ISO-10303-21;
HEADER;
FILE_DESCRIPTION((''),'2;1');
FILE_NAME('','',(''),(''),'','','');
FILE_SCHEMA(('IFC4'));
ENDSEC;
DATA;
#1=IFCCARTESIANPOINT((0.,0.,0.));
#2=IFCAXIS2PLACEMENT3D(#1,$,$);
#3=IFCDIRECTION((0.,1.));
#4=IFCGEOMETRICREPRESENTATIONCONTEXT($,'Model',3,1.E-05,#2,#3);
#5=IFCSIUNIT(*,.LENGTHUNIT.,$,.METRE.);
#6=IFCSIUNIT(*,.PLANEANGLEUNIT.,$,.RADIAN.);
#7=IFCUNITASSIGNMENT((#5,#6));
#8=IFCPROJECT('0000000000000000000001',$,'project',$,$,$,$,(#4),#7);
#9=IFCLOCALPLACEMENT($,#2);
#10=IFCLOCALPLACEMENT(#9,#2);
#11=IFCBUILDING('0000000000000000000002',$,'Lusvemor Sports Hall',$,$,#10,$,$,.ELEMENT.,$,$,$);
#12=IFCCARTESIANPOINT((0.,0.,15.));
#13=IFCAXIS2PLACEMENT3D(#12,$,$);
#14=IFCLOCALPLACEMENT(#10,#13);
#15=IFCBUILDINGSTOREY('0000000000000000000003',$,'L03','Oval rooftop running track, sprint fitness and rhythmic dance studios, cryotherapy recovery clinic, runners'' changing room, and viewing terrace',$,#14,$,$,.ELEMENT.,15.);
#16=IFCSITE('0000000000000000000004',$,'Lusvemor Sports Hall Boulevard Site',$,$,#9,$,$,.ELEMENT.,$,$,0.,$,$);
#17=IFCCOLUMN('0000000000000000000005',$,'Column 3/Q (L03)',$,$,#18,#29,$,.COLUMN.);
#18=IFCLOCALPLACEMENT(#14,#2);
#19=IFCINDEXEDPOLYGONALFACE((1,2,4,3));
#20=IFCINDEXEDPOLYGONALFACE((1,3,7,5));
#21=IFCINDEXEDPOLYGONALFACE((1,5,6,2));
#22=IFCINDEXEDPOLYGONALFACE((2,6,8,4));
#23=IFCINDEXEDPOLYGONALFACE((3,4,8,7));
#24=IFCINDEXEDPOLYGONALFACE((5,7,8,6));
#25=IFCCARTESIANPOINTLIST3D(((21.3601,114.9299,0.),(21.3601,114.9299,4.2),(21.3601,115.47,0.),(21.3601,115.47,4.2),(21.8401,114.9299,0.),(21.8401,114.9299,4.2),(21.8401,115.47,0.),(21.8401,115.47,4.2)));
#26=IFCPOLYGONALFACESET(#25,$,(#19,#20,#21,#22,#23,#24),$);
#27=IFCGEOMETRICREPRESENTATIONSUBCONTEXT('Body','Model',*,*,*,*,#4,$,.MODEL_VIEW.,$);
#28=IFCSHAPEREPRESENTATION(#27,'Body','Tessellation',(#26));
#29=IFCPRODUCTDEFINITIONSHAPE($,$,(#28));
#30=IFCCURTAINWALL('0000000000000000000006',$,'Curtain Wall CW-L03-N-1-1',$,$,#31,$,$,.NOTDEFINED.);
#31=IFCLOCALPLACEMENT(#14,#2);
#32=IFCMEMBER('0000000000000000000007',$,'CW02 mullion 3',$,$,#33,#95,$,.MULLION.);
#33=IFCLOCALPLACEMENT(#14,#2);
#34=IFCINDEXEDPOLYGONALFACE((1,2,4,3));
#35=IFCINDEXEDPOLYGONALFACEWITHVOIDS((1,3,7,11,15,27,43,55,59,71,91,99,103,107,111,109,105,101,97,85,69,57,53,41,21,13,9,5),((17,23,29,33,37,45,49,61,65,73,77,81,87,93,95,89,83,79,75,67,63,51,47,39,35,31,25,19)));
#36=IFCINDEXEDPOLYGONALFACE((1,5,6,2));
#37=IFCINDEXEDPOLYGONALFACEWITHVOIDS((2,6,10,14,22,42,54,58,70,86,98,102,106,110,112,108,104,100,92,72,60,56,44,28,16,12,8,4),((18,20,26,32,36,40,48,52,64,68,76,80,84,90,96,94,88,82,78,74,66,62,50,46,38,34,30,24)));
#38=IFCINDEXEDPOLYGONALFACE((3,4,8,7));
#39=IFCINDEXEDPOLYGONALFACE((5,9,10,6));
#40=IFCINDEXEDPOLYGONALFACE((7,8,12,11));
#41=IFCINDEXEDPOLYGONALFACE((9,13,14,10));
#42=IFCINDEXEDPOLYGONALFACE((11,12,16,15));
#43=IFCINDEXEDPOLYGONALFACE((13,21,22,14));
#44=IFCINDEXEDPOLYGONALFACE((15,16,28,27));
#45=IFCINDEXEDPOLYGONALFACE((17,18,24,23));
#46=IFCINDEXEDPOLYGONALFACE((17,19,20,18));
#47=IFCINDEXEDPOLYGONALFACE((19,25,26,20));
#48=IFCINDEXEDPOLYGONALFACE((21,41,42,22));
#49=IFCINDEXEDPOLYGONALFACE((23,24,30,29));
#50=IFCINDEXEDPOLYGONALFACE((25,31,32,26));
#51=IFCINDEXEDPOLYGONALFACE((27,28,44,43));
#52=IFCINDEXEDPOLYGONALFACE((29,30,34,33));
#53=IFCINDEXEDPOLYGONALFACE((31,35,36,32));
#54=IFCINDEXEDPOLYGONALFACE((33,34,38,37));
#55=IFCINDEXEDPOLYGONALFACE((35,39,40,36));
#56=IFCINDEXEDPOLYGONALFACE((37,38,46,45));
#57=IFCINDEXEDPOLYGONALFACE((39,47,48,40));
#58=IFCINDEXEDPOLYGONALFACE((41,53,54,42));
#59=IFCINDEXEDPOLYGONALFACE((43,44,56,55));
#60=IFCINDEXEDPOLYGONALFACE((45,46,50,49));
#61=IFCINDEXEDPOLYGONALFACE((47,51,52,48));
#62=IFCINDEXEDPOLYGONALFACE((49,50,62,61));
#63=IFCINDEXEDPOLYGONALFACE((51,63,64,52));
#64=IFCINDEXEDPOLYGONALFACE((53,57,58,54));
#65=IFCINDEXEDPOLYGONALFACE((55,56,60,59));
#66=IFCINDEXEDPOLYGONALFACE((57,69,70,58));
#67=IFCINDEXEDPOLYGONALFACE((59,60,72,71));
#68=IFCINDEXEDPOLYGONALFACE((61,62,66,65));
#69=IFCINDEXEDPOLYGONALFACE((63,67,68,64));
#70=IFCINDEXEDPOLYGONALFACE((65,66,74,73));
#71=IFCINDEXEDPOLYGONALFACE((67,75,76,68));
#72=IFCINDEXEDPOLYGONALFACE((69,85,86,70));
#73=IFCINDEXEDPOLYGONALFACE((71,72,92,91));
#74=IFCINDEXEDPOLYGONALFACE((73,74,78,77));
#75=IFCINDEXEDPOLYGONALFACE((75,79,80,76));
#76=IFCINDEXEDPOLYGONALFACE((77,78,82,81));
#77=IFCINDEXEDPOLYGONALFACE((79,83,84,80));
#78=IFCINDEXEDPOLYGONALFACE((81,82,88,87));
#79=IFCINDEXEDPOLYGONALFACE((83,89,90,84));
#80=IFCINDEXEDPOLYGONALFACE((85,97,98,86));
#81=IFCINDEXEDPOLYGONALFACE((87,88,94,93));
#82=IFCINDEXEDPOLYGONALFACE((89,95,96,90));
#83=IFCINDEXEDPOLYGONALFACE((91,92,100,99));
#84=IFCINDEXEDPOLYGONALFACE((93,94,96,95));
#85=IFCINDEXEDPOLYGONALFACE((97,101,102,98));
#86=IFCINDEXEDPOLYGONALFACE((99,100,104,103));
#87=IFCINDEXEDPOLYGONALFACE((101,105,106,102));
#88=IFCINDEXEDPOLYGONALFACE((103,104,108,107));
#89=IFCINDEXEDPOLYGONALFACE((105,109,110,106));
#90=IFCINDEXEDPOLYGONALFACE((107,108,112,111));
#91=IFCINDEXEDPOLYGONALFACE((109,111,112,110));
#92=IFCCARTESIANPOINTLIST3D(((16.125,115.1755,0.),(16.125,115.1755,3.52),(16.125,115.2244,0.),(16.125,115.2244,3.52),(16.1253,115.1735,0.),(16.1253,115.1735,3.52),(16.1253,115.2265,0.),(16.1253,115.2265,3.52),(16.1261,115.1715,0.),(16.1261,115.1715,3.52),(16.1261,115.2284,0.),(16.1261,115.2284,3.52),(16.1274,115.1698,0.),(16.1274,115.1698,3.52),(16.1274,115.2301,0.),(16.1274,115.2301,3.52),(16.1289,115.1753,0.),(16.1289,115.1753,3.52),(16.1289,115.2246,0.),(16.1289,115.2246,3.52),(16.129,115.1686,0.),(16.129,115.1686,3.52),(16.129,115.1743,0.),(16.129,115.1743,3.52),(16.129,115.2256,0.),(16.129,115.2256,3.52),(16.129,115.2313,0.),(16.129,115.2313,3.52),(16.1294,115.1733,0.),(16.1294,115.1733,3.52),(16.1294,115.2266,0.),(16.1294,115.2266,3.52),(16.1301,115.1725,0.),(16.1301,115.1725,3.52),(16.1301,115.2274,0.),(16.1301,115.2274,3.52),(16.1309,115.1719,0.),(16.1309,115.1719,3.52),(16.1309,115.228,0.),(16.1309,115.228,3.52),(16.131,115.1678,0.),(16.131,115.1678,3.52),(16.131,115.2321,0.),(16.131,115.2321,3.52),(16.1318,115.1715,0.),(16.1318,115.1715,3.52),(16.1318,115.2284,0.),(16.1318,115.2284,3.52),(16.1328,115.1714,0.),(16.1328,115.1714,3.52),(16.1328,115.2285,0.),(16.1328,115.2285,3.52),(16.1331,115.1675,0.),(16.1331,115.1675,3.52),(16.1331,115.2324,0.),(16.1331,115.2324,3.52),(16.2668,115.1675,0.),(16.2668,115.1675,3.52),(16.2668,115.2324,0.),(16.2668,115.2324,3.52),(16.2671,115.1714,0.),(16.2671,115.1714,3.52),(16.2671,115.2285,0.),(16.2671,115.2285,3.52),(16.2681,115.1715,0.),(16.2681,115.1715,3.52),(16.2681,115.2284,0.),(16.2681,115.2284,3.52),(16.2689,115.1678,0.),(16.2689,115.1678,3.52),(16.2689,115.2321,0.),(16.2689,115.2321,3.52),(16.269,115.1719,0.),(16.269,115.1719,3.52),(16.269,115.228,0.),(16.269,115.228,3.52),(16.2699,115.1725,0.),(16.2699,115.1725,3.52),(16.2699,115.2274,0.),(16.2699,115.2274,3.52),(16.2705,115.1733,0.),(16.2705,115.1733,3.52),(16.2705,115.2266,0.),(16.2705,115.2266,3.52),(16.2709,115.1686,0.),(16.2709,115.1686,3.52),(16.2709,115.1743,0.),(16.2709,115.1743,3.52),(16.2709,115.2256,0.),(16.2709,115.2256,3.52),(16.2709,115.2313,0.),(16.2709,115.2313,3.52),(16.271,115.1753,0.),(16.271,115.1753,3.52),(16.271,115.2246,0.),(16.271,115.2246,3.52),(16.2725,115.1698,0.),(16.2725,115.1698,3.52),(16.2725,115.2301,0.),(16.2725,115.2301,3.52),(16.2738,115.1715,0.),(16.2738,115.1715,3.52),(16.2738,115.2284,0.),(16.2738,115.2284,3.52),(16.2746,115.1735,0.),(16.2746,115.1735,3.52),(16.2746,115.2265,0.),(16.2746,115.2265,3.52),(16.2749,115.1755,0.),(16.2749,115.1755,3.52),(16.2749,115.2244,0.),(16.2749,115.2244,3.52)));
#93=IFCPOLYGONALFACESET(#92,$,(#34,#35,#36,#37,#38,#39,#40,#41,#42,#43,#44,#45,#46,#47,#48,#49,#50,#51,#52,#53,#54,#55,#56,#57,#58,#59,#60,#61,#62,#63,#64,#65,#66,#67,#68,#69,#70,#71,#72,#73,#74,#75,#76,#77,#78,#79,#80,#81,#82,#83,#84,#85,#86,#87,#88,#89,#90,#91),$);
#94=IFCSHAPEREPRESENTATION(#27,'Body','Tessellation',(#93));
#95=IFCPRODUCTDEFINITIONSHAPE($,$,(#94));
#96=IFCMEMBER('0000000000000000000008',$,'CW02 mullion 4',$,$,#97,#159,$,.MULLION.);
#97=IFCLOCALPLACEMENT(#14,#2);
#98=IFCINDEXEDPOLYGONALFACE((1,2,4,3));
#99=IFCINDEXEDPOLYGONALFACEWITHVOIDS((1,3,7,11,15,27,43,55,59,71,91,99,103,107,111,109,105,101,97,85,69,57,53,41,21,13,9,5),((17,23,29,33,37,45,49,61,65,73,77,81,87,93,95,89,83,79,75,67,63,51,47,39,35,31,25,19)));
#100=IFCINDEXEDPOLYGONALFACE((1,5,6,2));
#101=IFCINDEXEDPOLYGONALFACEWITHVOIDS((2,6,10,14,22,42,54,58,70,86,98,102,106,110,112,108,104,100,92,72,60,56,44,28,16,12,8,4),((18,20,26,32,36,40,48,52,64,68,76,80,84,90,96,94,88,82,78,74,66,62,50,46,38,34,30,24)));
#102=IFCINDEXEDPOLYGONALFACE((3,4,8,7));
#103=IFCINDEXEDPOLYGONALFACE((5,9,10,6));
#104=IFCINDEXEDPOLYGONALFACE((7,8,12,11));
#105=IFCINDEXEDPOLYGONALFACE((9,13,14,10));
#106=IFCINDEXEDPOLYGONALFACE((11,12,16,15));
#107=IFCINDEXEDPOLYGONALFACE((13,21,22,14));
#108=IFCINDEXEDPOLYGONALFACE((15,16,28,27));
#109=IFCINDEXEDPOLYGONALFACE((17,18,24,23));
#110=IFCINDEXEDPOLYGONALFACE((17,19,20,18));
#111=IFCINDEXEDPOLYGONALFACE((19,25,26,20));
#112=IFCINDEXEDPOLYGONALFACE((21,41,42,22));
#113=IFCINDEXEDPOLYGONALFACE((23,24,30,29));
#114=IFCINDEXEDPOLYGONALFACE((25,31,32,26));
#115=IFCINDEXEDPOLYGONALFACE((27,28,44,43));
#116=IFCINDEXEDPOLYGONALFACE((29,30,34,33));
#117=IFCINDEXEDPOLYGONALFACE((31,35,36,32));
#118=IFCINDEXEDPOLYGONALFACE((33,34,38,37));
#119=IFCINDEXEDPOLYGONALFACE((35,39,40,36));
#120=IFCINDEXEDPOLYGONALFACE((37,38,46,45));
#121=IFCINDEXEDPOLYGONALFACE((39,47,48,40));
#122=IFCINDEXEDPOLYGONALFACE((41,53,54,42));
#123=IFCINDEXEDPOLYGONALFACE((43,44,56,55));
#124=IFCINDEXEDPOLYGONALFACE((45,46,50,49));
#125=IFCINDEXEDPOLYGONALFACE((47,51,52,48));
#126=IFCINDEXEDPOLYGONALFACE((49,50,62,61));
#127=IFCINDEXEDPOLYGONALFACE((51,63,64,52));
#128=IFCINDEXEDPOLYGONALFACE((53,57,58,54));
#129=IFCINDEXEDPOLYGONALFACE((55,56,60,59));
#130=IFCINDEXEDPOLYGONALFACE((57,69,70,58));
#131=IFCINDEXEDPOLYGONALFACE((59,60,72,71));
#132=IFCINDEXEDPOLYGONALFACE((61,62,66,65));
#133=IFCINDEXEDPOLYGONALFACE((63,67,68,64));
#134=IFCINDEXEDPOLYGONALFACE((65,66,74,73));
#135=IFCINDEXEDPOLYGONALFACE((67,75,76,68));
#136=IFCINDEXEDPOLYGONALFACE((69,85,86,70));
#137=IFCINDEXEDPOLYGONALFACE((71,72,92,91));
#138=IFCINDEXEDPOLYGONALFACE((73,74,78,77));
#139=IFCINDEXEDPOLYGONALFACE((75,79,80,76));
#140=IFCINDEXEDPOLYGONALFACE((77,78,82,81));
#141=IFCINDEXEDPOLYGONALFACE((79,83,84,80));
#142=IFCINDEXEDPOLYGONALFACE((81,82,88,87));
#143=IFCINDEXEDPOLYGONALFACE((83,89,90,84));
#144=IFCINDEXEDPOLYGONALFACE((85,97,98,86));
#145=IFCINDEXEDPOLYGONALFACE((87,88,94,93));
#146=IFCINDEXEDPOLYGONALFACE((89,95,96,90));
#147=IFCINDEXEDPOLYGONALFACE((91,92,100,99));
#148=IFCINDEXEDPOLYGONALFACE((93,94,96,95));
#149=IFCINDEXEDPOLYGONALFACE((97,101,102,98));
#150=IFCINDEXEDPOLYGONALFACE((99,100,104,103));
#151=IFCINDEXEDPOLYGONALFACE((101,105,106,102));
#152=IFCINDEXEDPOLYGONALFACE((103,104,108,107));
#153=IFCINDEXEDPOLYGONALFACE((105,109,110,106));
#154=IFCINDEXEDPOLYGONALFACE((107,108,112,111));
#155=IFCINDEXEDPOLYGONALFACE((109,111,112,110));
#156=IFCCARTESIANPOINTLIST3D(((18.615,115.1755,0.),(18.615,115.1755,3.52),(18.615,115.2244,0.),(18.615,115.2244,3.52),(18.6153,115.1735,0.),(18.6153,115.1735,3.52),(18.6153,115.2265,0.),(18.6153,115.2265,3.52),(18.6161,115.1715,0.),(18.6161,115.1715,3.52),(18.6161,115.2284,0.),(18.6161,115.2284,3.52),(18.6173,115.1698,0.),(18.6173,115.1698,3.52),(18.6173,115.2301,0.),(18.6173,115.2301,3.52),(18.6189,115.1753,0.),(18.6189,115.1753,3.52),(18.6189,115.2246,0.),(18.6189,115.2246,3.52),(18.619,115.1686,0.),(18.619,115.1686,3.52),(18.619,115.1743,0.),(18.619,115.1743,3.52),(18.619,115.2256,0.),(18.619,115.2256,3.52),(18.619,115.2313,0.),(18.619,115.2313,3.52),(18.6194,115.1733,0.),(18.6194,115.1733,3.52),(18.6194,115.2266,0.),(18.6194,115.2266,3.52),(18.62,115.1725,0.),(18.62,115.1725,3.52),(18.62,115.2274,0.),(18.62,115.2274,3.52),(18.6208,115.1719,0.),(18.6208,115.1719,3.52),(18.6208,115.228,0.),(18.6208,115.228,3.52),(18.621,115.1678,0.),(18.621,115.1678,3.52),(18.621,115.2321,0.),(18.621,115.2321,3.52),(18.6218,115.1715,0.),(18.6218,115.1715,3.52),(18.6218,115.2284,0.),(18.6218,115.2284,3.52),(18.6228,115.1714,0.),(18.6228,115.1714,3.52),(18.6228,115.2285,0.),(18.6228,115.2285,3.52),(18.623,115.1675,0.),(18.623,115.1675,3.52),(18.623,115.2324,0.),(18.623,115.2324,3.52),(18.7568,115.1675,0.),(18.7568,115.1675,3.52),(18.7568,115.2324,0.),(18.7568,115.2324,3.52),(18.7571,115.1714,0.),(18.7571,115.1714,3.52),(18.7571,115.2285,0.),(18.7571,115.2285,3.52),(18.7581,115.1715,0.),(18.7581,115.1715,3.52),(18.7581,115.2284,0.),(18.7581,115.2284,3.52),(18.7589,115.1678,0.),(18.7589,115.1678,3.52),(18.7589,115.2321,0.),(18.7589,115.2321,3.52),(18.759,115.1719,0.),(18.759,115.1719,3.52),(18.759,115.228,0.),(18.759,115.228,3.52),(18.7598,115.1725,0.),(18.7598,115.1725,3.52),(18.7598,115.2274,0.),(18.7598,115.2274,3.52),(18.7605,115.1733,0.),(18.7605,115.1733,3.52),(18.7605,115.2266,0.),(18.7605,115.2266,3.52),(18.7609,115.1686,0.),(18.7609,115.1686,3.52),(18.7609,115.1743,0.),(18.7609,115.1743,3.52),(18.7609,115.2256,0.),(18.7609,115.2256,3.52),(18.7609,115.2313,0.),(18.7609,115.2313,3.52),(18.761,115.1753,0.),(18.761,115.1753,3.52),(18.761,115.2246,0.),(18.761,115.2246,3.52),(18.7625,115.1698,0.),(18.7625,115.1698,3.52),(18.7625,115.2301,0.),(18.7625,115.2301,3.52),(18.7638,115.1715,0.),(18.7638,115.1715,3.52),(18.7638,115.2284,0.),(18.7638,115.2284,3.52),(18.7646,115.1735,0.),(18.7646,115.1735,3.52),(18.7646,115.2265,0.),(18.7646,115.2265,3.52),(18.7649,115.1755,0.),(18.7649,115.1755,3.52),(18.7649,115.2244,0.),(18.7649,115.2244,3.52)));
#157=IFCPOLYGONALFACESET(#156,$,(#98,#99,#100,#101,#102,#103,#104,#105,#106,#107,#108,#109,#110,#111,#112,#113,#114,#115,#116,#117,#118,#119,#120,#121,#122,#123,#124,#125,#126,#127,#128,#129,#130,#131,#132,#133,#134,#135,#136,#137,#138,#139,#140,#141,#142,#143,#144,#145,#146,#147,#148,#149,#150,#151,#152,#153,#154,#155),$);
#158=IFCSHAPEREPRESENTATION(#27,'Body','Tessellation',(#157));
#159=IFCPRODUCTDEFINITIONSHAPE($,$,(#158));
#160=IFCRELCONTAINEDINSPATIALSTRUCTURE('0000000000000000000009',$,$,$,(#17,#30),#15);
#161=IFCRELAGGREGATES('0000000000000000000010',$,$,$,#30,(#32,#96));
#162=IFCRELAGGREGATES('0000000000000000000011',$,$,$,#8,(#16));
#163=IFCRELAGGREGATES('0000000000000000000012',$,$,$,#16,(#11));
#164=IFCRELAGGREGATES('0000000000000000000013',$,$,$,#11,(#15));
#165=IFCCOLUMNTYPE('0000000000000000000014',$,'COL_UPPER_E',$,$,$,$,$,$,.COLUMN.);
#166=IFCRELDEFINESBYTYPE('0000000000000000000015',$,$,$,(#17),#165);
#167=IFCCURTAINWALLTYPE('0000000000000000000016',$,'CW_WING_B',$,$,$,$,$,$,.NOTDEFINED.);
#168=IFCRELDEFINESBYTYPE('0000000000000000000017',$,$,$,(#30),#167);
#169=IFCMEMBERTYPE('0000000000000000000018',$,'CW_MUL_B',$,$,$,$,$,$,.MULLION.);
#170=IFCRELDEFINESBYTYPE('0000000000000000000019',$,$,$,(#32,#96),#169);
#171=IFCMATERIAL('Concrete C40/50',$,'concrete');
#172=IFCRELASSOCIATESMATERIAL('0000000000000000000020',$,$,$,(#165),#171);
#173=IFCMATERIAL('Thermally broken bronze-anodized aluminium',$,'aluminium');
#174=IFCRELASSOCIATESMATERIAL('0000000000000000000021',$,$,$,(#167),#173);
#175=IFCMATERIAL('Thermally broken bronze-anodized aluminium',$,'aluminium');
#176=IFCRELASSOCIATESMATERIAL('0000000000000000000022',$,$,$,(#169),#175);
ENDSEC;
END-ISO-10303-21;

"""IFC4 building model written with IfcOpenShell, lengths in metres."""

from ifc_helpers import new_model, si_unit, direction, frame, origin, origin_2d, place, context, subcontext, project, spatial, rectangle, hollow_rectangle, extrude, material, material_profile, profile_set, type_object, element, aggregate, save


model = new_model("IFC4")

# Units and contexts
model_context = context("Model", 3, precision=1e-05, world=origin(), true_north=direction((0.0, 1.0)))
body_context = subcontext(model_context, "Body", "Model", "MODEL_VIEW")
ifc_project = project(units=[si_unit("LENGTHUNIT", "METRE"), si_unit("PLANEANGLEUNIT", "RADIAN")], contexts=[model_context])

# Site, building, storey
site_placement = place(None, origin())
site = spatial("IfcSite", under=ifc_project, at=site_placement, Name="Lusvemor Sports Hall Boulevard Site", CompositionType="ELEMENT", RefElevation=0.0)
building_placement = place(site_placement, origin())
building = spatial("IfcBuilding", under=site, at=building_placement, Name="Lusvemor Sports Hall", CompositionType="ELEMENT")
storey_placement = place(building_placement, frame((0.0, 0.0, 15.0)))
storey = spatial("IfcBuildingStorey", under=building, at=storey_placement, Name="L03", Description="Oval rooftop running track, sprint fitness and rhythmic dance studios, cryotherapy recovery clinic, runners' changing room, and viewing terrace", CompositionType="ELEMENT", Elevation=15.0)

# Column
ifc_material_1 = material(Name="Concrete C40/50", Category="concrete")
ifc_material_profile_1 = material_profile(ifc_material_1, rectangle(XDim=0.48, YDim=0.54, at=origin_2d()), Name="RC480x540")
ifc_profile_set_1 = profile_set([ifc_material_profile_1], Name="Concrete C40/50")
column_type = type_object("IfcColumnType", Name="COL_UPPER_E", PredefinedType="COLUMN", material=ifc_profile_set_1)
column_placement = place(storey_placement, frame((21.6001, 115.2, 0.0), z_axis=(0.0, 0.0, 1.0), x_axis=(1.0, 0.0, 0.0)))
element("IfcColumn", 1, at=column_placement, inside=storey, type_object=column_type, Name="Column 3/Q (L03)", PredefinedType="COLUMN", context=body_context, shape_type="SweptSolid", body=[
    extrude(rectangle(XDim=0.48, YDim=0.54, at=origin_2d()), origin(), (0.0, 0.0, 1.0), 4.2),
])

# Curtain wall, members
ifc_material_2 = material(Name="Thermally broken bronze-anodized aluminium", Category="aluminium")
curtain_wall_type = type_object("IfcCurtainWallType", Name="CW_WING_B", PredefinedType="NOTDEFINED", material=ifc_material_2)
curtain_wall_placement = place(storey_placement, origin())
curtain_wall = element("IfcCurtainWall", 2, at=curtain_wall_placement, inside=storey, type_object=curtain_wall_type, Name="Curtain Wall CW-L03-N-1-1", PredefinedType="NOTDEFINED")
ifc_material_3 = material(Name="Thermally broken bronze-anodized aluminium", Category="aluminium")
ifc_material_profile_2 = material_profile(ifc_material_3, hollow_rectangle(XDim=0.0649, YDim=0.1499, WallThickness=0.0039, InnerFilletRadius=0.0039, OuterFilletRadius=0.0081, at=origin_2d()), Name="CWMUL150x65x4")
ifc_profile_set_2 = profile_set([ifc_material_profile_2], Name="Thermally broken bronze-anodized aluminium")
member_type_1 = type_object("IfcMemberType", Name="CW_MUL_B", PredefinedType="MULLION", material=ifc_profile_set_2)
member_1_placement = place(storey_placement, frame((16.2, 115.2, 0.0), z_axis=(0.0, 0.0, 1.0), x_axis=(0.0, 1.0, 0.0)))
member_1 = element("IfcMember", 3, at=member_1_placement, type_object=member_type_1, Name="CW02 mullion 3", PredefinedType="MULLION", context=body_context, shape_type="SweptSolid", body=[
    extrude(hollow_rectangle(XDim=0.0649, YDim=0.1499, WallThickness=0.0039, InnerFilletRadius=0.0039, OuterFilletRadius=0.0081, at=origin_2d()), origin(), (0.0, 0.0, 1.0), 3.52),
])
member_2_placement = place(storey_placement, frame((18.6899, 115.2, 0.0), z_axis=(0.0, 0.0, 1.0), x_axis=(0.0, 1.0, 0.0)))
member_2 = element("IfcMember", 4, at=member_2_placement, type_object=member_type_1, Name="CW02 mullion 4", PredefinedType="MULLION", context=body_context, shape_type="SweptSolid", body=[
    extrude(hollow_rectangle(XDim=0.0649, YDim=0.1499, WallThickness=0.0039, InnerFilletRadius=0.0039, OuterFilletRadius=0.0081, at=origin_2d()), origin(), (0.0, 0.0, 1.0), 3.52),
])

aggregate(curtain_wall, [member_1, member_2])

save(model, "model.ifc")
